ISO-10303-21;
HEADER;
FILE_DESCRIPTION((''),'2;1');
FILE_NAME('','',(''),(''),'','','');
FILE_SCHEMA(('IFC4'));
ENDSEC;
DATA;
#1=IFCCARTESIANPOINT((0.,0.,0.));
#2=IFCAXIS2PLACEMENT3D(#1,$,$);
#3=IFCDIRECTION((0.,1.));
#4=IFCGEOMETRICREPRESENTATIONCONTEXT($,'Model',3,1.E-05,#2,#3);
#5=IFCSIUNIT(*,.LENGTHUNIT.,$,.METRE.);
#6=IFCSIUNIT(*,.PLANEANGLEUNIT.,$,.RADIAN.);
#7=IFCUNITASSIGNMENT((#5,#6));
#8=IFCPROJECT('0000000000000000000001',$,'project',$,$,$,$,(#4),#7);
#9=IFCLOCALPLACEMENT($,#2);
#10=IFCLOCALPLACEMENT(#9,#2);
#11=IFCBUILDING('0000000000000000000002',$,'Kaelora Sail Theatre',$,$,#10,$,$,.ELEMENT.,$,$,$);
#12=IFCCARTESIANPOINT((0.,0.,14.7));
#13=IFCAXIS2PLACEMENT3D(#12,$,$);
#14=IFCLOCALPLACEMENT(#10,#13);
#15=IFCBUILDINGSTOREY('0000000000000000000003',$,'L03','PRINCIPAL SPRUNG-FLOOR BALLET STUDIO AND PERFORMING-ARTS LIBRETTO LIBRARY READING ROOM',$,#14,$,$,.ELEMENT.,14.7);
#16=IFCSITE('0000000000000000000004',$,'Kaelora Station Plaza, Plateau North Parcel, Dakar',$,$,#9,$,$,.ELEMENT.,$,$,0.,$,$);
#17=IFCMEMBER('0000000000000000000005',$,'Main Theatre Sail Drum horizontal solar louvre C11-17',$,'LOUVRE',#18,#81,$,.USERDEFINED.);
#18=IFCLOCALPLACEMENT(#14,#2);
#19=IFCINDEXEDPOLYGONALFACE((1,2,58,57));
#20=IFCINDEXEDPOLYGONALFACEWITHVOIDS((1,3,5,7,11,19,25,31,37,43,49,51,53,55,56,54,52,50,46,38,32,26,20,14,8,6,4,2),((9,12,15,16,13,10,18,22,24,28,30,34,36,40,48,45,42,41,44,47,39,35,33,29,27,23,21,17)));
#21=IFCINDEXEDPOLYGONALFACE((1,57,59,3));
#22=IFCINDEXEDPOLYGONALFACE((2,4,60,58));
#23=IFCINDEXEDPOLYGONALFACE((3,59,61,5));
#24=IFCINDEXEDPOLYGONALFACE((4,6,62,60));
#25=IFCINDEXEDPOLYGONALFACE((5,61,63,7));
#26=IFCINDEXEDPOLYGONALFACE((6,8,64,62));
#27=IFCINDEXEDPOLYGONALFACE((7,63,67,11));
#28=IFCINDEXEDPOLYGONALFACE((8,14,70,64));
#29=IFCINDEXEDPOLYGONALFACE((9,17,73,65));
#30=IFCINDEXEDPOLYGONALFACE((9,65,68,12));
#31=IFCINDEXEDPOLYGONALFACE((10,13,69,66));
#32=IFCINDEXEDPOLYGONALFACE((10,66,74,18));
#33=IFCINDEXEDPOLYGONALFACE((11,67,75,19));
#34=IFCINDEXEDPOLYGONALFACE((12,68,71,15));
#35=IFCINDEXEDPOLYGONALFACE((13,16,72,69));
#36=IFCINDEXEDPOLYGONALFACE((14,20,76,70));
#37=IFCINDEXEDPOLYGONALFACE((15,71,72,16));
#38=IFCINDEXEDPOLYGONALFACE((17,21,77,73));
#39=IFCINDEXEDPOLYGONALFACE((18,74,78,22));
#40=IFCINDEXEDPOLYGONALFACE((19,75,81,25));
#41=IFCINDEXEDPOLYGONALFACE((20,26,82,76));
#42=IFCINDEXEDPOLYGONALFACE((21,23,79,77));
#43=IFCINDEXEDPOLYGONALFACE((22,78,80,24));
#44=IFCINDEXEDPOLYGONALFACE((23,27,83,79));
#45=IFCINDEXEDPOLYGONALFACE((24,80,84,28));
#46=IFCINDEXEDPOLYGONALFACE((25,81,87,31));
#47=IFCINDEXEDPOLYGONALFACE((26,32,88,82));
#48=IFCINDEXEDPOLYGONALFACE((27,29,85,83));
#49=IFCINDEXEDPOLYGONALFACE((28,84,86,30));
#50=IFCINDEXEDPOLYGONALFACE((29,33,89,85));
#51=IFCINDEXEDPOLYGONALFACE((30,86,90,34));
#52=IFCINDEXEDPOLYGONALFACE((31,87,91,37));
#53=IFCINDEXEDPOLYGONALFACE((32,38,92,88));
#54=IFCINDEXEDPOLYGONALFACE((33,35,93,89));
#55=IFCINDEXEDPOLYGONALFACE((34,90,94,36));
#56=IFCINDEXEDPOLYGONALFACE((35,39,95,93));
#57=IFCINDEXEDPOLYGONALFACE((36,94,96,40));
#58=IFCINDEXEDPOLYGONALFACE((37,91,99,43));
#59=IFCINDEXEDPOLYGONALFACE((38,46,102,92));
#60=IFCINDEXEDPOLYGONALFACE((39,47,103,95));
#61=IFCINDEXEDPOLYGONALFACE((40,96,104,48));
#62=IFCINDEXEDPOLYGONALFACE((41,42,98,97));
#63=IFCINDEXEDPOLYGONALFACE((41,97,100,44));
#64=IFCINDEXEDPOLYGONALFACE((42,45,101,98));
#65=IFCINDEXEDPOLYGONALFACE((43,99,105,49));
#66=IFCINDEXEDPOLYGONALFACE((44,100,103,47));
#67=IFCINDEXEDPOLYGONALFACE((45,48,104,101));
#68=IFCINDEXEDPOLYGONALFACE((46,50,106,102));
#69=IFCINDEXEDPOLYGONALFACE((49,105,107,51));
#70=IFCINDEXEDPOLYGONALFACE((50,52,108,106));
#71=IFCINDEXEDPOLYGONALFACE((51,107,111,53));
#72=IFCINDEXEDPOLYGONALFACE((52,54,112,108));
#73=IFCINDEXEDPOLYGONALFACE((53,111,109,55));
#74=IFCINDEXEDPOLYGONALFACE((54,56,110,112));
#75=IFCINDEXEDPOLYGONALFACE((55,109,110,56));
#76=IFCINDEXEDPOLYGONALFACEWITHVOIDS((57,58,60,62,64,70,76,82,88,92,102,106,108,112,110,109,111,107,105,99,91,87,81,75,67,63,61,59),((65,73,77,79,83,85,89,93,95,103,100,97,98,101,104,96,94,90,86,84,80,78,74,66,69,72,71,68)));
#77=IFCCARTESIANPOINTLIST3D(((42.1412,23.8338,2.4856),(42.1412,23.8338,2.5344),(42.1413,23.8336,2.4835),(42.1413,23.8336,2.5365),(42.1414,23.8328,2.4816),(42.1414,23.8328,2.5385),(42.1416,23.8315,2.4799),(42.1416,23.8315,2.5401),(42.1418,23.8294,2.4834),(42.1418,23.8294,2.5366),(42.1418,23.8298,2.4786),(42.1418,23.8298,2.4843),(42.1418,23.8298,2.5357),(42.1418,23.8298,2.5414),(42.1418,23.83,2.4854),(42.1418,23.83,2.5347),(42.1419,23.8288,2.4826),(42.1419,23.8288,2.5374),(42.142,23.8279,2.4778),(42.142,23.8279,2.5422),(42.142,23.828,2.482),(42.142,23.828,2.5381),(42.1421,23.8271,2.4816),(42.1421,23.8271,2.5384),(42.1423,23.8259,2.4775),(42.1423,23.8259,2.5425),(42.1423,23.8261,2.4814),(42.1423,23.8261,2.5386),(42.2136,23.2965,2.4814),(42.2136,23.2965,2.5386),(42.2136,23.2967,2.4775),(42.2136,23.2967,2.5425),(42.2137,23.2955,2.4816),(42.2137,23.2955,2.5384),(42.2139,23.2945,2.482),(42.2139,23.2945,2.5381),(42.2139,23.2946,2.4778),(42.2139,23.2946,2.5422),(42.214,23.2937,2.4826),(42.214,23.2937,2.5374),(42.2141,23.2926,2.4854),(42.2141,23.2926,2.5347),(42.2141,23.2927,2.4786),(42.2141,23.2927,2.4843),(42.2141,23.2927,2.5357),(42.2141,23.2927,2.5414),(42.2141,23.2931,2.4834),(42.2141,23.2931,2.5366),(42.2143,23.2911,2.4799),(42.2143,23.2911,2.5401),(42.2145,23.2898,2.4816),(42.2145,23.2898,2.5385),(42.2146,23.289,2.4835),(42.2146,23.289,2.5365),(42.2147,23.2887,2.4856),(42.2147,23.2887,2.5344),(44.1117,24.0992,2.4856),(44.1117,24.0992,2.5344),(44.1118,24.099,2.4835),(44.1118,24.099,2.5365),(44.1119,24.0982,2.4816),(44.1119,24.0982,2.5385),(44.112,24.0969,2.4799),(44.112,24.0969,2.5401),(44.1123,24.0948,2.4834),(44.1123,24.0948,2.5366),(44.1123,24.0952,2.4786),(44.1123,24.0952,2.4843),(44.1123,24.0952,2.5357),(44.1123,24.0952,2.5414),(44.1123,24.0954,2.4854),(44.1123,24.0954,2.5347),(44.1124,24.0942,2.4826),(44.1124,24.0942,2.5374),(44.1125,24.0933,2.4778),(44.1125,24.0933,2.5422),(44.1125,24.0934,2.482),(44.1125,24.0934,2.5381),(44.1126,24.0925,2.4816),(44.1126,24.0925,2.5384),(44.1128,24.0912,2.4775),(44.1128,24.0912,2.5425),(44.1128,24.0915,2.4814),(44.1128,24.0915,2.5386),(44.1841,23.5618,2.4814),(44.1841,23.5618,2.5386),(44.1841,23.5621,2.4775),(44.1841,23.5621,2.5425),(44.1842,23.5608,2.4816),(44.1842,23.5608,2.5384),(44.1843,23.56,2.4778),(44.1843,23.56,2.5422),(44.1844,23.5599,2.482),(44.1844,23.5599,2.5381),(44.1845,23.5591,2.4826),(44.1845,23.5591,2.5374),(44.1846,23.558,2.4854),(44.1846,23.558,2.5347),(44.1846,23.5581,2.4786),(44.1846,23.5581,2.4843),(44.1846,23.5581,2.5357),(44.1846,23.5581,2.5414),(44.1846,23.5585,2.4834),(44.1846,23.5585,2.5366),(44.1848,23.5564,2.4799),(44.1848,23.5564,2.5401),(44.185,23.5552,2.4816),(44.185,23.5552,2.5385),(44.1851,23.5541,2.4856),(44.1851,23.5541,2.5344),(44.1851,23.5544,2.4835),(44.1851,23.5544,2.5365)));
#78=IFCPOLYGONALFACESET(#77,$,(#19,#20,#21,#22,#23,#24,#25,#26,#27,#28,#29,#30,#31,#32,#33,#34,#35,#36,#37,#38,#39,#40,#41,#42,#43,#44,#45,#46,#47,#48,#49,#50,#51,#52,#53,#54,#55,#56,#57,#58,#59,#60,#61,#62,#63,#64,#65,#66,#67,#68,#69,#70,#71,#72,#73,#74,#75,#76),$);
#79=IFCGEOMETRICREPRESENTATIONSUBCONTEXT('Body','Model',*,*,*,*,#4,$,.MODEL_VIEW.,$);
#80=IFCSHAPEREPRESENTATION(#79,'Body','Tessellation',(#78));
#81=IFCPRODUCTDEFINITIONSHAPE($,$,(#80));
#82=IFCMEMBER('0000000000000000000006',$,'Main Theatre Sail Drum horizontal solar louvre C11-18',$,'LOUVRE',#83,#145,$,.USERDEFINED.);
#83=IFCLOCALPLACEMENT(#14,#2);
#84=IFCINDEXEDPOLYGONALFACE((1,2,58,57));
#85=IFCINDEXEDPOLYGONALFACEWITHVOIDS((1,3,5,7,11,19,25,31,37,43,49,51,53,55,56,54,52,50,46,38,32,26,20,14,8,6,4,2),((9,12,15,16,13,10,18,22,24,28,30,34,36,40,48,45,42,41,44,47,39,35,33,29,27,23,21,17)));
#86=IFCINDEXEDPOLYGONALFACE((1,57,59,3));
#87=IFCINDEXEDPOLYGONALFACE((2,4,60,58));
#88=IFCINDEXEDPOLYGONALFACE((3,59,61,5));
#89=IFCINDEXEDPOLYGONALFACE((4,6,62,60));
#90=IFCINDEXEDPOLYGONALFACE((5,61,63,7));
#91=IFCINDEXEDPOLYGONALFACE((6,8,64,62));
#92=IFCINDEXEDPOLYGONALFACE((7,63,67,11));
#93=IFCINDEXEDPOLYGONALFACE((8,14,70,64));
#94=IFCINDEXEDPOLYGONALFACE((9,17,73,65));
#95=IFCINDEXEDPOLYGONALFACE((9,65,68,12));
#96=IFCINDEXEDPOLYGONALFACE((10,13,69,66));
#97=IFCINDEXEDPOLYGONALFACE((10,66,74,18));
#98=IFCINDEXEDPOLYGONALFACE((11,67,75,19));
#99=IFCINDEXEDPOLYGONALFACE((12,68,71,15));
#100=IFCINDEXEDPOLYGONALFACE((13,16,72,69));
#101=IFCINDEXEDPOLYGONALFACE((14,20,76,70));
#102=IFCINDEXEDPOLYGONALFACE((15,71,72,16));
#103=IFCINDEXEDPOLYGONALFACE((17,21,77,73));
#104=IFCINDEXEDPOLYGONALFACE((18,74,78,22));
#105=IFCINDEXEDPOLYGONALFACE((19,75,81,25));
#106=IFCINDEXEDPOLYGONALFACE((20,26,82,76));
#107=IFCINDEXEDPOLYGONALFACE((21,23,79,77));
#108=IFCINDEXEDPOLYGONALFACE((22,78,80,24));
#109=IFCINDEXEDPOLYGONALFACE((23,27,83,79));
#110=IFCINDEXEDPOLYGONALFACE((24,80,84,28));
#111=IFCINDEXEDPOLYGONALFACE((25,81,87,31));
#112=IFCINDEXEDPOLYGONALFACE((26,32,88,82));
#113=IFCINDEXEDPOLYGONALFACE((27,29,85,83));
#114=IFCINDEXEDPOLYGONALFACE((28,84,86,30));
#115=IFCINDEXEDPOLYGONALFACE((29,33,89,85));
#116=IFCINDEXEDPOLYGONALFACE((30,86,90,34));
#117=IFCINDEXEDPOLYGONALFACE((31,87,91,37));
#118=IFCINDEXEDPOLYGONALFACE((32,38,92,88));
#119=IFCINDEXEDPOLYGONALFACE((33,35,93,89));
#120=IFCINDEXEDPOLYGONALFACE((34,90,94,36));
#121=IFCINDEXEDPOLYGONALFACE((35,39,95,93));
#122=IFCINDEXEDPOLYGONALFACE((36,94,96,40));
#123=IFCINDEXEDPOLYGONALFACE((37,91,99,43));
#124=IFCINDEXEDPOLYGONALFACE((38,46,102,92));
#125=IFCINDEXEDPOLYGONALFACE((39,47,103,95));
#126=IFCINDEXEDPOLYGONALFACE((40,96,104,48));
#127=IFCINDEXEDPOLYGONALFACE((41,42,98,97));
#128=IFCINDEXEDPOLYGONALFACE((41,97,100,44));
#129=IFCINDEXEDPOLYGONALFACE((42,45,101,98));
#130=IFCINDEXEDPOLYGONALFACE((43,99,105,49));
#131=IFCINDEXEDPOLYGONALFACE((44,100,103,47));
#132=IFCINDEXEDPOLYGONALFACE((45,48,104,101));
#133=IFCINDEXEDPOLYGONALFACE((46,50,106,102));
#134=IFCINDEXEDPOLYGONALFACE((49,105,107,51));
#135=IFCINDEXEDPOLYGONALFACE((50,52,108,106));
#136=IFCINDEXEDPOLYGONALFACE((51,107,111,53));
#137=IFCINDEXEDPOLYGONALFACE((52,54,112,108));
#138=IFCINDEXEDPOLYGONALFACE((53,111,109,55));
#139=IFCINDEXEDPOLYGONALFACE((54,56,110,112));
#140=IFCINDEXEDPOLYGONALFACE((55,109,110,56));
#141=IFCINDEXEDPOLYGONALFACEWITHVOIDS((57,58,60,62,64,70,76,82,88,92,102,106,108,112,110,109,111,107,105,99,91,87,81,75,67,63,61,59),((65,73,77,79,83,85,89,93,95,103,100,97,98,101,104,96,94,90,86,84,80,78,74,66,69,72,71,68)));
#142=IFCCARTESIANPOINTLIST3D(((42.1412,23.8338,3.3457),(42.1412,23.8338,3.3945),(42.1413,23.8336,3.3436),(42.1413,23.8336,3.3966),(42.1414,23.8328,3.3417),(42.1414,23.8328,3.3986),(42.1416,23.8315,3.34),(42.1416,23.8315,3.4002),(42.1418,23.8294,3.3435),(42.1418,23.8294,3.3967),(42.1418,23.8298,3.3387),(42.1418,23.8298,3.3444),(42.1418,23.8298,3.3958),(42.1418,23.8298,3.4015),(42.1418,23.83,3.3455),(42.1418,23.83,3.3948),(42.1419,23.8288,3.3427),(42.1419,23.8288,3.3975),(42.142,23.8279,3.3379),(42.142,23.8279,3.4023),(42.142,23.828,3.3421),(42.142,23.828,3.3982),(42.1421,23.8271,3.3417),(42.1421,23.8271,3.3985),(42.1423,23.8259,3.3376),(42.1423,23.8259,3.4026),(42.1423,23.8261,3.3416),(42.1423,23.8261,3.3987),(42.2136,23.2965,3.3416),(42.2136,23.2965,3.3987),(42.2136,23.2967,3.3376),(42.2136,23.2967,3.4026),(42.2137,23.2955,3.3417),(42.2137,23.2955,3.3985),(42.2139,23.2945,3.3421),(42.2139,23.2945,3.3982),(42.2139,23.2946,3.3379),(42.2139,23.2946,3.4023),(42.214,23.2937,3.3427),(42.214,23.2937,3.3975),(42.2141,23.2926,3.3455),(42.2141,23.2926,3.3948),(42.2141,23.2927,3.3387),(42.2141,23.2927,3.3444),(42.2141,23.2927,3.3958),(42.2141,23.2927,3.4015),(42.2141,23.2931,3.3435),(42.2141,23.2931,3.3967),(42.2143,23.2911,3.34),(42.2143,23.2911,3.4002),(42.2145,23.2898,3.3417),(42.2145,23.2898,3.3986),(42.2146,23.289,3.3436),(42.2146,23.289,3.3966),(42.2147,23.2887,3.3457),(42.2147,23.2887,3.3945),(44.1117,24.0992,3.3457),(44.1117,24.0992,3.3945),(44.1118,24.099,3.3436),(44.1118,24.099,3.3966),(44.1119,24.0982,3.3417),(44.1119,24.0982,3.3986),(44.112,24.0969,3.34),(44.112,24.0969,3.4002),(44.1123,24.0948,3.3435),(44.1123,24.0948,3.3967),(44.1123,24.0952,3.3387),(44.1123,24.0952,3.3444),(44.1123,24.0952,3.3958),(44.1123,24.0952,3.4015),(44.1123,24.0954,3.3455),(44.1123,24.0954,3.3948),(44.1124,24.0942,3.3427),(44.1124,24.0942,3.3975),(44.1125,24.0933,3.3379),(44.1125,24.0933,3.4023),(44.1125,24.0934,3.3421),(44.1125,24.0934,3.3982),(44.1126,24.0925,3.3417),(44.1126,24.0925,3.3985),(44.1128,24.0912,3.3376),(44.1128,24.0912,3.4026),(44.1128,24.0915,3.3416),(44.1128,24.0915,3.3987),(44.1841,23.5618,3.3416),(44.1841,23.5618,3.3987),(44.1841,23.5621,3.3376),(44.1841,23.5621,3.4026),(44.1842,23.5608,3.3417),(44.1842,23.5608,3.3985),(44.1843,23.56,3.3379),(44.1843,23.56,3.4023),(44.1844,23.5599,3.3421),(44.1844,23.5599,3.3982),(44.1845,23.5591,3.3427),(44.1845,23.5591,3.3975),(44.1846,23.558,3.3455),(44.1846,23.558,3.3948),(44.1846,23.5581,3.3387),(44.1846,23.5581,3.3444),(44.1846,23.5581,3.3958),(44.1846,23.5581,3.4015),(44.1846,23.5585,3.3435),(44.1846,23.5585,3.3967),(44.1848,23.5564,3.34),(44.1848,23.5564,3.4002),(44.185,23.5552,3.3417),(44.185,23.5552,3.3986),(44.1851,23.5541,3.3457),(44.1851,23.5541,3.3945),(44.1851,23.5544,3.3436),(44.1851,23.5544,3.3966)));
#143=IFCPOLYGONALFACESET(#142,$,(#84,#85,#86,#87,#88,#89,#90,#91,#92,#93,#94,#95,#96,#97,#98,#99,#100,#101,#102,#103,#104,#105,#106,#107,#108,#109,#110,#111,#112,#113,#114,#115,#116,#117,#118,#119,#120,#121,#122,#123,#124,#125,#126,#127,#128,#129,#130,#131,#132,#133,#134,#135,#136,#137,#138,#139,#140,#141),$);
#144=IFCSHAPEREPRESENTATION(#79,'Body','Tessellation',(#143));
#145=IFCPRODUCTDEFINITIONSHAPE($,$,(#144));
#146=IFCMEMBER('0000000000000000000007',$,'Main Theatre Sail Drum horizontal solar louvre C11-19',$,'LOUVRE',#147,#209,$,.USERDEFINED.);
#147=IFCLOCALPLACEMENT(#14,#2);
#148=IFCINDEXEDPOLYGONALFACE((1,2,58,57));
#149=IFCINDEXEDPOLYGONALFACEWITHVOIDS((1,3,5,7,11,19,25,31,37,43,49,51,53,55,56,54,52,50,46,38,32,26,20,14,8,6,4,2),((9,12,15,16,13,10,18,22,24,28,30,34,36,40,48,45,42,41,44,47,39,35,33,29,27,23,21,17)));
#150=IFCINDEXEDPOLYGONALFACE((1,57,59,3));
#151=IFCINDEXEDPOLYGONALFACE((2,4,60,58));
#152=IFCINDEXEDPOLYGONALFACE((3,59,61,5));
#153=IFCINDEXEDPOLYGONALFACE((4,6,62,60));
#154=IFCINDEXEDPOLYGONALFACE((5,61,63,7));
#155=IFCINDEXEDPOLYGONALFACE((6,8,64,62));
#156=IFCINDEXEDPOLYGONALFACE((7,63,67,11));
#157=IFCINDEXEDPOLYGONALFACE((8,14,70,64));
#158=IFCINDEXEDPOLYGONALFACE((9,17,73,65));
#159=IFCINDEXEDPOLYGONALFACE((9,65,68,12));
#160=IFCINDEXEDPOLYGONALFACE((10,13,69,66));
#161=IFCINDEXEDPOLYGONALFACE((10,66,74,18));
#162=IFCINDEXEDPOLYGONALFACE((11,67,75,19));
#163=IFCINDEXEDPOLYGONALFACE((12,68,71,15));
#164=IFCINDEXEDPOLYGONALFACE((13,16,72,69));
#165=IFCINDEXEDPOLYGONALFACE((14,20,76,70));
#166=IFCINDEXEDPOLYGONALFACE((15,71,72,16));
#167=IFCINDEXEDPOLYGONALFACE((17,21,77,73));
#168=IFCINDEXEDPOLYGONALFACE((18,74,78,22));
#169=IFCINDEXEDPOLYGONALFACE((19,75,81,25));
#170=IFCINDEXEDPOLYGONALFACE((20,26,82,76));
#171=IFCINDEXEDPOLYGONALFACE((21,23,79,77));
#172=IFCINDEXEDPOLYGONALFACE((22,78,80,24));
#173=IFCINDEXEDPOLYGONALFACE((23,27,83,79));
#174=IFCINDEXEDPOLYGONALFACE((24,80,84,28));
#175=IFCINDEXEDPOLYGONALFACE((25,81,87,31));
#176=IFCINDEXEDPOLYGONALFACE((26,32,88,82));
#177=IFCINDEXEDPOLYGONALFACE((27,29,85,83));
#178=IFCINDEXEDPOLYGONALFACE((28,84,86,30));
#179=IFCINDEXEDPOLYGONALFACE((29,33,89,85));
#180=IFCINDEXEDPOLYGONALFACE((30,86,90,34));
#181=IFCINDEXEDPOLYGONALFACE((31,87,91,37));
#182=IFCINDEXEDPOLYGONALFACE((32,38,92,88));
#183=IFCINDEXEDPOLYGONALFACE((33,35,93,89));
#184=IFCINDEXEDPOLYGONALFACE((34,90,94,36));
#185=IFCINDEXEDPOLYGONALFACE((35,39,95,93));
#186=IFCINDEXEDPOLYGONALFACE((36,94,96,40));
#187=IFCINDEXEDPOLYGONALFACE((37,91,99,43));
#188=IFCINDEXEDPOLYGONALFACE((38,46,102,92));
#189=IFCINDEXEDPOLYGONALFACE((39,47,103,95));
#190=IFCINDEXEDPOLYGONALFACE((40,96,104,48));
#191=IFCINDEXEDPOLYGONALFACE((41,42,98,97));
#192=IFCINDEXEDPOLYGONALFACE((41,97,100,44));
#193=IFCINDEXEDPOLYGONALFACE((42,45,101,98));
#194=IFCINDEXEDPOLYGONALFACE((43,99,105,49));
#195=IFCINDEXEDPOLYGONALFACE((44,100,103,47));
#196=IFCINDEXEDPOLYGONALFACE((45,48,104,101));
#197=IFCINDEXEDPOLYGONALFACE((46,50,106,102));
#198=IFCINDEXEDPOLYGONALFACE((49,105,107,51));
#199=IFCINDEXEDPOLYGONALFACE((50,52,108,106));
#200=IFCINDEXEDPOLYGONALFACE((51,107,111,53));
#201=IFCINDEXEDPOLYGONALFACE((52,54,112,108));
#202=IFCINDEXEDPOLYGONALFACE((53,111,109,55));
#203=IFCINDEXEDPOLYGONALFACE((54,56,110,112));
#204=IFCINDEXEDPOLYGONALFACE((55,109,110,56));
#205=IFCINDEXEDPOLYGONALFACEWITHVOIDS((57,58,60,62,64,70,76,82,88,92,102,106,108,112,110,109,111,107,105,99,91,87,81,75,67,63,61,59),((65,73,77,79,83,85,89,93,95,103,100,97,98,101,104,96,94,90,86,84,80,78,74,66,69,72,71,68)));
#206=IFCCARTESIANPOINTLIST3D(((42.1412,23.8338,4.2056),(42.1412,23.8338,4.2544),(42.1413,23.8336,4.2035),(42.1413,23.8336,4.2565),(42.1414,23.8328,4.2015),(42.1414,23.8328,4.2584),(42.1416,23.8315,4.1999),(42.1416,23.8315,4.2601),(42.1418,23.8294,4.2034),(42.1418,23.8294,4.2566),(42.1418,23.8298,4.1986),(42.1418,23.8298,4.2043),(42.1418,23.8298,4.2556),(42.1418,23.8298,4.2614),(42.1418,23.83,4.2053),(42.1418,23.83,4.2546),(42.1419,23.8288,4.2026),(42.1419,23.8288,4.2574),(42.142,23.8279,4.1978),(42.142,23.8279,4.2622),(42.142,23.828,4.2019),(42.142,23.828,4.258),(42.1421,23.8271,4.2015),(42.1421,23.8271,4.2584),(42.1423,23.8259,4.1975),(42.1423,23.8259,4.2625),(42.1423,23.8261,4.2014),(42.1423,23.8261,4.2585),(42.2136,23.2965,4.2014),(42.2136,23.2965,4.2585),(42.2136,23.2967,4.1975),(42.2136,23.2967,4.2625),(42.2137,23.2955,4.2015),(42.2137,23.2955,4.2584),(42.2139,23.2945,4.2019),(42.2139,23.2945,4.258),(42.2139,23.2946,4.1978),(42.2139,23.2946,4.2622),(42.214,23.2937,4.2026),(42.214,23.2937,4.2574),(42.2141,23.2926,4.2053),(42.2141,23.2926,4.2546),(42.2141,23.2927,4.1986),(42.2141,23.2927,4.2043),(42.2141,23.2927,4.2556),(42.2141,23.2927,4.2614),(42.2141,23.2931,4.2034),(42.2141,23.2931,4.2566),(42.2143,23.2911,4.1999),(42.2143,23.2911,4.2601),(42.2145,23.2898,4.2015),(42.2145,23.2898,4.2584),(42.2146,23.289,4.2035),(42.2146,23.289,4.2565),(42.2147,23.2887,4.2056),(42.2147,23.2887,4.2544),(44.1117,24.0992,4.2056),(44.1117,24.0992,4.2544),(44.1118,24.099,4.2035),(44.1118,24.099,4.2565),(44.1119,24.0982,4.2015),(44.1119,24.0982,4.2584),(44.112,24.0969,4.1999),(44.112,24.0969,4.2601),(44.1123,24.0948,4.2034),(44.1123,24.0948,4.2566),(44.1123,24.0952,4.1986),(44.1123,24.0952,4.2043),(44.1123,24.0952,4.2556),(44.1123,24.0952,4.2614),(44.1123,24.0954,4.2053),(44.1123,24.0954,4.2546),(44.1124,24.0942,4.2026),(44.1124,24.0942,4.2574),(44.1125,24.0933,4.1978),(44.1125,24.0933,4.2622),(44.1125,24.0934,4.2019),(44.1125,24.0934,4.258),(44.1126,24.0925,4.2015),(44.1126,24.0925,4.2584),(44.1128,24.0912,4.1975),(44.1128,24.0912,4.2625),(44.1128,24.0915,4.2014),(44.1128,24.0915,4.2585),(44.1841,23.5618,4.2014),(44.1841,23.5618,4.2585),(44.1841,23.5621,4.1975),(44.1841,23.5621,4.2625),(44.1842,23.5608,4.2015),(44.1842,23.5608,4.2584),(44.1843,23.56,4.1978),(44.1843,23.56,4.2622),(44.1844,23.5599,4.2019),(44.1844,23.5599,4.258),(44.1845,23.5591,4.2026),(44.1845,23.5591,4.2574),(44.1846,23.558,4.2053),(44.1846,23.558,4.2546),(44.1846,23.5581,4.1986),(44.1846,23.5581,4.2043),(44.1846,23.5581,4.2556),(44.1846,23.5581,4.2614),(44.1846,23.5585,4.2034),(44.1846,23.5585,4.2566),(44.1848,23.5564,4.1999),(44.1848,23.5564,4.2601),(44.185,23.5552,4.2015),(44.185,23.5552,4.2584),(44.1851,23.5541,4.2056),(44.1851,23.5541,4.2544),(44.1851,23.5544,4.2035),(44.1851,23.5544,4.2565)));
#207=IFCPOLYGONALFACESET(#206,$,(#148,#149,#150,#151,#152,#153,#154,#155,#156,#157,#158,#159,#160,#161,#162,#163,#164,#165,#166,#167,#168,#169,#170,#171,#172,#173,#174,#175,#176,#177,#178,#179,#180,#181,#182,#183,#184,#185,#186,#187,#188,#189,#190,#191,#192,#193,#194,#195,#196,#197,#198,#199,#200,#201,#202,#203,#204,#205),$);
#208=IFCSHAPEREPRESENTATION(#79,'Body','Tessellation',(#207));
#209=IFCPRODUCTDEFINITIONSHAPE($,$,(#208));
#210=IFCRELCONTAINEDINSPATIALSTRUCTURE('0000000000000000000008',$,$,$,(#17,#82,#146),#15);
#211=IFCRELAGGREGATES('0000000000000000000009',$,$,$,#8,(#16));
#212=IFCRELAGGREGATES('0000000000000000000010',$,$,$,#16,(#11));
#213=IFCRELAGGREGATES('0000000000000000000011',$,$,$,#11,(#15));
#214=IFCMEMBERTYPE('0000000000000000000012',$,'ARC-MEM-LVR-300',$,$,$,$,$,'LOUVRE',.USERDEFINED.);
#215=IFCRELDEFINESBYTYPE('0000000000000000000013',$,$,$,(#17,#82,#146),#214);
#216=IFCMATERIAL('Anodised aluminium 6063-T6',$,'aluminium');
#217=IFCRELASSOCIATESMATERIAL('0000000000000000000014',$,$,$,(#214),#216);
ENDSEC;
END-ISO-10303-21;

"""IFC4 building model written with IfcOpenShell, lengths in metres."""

from ifc_helpers import new_model, si_unit, direction, frame, origin, origin_2d, place, context, subcontext, project, spatial, hollow_rectangle, extrude, material, material_profile, profile_set, type_object, element, save


model = new_model("IFC4")

# Units and contexts
model_context = context("Model", 3, precision=1e-05, world=origin(), true_north=direction((0.0, 1.0)))
body_context = subcontext(model_context, "Body", "Model", "MODEL_VIEW")
ifc_project = project(units=[si_unit("LENGTHUNIT", "METRE"), si_unit("PLANEANGLEUNIT", "RADIAN")], contexts=[model_context])

# Site, building, storey
site_placement = place(None, origin())
site = spatial("IfcSite", under=ifc_project, at=site_placement, Name="Kaelora Station Plaza, Plateau North Parcel, Dakar", CompositionType="ELEMENT", RefElevation=0.0)
building_placement = place(site_placement, origin())
building = spatial("IfcBuilding", under=site, at=building_placement, Name="Kaelora Sail Theatre", CompositionType="ELEMENT")
storey_placement = place(building_placement, frame((0.0, 0.0, 14.7)))
storey = spatial("IfcBuildingStorey", under=building, at=storey_placement, Name="L03", Description="PRINCIPAL SPRUNG-FLOOR BALLET STUDIO AND PERFORMING-ARTS LIBRETTO LIBRARY READING ROOM", CompositionType="ELEMENT", Elevation=14.7)

# Members
ifc_material_1 = material(Name="Anodised aluminium 6063-T6", Category="aluminium")
ifc_material_profile_1 = material_profile(ifc_material_1, hollow_rectangle(XDim=0.55, YDim=0.0649, WallThickness=0.0039, InnerFilletRadius=0.0039, OuterFilletRadius=0.0081, at=origin_2d()), Name="LOUVRE 550x65x4")
ifc_profile_set_1 = profile_set([ifc_material_profile_1], Name="Anodised aluminium 6063-T6")
member_type = type_object("IfcMemberType", Name="ARC-MEM-LVR-300", ElementType="LOUVRE", PredefinedType="USERDEFINED", material=ifc_profile_set_1)
for number, where, z_axis, x_axis, name in (
    (1, (44.1484, 23.8267, 2.51), (-0.991052, -0.133475, 0.0), (0.133475, -0.991052, 0.0), "Main Theatre Sail Drum horizontal solar louvre C11-17"),
    (2, (44.1484, 23.8267, 3.3701), (-0.991052, -0.133475, 0.0), (0.133475, -0.991052, 0.0), "Main Theatre Sail Drum horizontal solar louvre C11-18"),
    (3, (44.1484, 23.8267, 4.23), (-0.991052, -0.133475, 0.0), (0.133475, -0.991052, 0.0), "Main Theatre Sail Drum horizontal solar louvre C11-19"),
):
    element("IfcMember", number, at=place(storey_placement, frame(where, z_axis=z_axis, x_axis=x_axis)), inside=storey, type_object=member_type, Name=name, ObjectType="LOUVRE", PredefinedType="USERDEFINED", context=body_context, shape_type="SweptSolid", body=[
        extrude(hollow_rectangle(XDim=0.55, YDim=0.0649, WallThickness=0.0039, InnerFilletRadius=0.0039, OuterFilletRadius=0.0081, at=origin_2d()), origin(), (0.0, 0.0, 1.0), 1.9883),
    ])

save(model, "model.ifc")
